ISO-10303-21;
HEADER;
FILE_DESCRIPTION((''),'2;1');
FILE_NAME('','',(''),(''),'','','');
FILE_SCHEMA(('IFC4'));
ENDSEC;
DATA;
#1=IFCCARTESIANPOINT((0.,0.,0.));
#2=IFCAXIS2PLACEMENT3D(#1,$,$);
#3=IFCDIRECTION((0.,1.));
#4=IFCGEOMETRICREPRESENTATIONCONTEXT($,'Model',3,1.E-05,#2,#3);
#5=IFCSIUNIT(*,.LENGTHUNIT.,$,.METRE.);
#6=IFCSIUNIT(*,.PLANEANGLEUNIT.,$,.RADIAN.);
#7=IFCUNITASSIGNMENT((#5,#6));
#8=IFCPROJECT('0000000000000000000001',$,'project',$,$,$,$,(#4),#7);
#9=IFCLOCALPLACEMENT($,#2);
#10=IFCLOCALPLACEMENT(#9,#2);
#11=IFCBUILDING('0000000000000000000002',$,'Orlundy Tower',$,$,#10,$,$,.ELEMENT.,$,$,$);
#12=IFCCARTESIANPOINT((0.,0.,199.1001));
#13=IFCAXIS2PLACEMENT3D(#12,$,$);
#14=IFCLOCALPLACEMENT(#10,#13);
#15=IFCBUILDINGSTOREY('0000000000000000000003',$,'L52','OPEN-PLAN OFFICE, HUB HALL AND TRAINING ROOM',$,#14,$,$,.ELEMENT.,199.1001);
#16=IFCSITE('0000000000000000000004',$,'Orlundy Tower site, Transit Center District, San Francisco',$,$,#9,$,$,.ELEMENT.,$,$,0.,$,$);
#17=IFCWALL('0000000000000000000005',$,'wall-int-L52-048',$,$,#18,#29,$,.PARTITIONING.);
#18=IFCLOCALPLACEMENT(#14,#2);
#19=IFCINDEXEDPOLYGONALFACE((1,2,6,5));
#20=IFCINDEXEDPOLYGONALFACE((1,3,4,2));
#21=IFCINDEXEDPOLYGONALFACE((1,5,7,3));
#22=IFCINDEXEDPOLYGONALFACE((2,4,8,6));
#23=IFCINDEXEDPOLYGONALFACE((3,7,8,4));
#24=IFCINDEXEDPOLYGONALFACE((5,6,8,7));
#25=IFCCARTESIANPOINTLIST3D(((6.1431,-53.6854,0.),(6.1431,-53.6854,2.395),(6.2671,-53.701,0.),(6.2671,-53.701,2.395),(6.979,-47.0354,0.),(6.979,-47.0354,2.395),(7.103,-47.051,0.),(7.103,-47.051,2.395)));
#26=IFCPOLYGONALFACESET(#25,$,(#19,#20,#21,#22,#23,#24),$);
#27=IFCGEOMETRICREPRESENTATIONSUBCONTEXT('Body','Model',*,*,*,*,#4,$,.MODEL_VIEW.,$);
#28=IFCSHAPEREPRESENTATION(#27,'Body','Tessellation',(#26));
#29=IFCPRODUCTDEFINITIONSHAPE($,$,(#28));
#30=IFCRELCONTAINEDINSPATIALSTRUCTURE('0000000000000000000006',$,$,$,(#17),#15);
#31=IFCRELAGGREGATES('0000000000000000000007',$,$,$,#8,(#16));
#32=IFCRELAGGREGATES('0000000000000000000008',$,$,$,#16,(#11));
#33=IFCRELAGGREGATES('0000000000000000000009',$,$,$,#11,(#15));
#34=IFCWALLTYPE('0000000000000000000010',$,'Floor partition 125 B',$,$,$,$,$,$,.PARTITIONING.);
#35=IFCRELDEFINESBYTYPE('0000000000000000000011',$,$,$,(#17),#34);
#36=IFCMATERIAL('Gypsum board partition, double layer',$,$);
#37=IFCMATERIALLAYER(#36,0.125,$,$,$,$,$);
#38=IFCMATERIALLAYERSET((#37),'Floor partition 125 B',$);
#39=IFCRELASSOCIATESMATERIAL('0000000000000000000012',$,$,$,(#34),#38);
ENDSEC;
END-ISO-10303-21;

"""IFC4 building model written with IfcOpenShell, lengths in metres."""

from ifc_helpers import new_model, si_unit, direction, frame, frame_2d, origin, place, context, subcontext, project, spatial, rectangle, extrude, material, layer, layer_set, type_object, element, save


model = new_model("IFC4")

# Units and contexts
model_context = context("Model", 3, precision=1e-05, world=origin(), true_north=direction((0.0, 1.0)))
body_context = subcontext(model_context, "Body", "Model", "MODEL_VIEW")
ifc_project = project(units=[si_unit("LENGTHUNIT", "METRE"), si_unit("PLANEANGLEUNIT", "RADIAN")], contexts=[model_context])

# Site, building, storey
site_placement = place(None, origin())
site = spatial("IfcSite", under=ifc_project, at=site_placement, Name="Orlundy Tower site, Transit Center District, San Francisco", CompositionType="ELEMENT", RefElevation=0.0)
building_placement = place(site_placement, origin())
building = spatial("IfcBuilding", under=site, at=building_placement, Name="Orlundy Tower", CompositionType="ELEMENT")
storey_placement = place(building_placement, frame((0.0, 0.0, 199.1001)))
storey = spatial("IfcBuildingStorey", under=building, at=storey_placement, Name="L52", Description="OPEN-PLAN OFFICE, HUB HALL AND TRAINING ROOM", CompositionType="ELEMENT", Elevation=199.1001)

# Shared definitions
ifc_material_1 = material(Name="Gypsum board partition, double layer")
ifc_layer_1 = layer(ifc_material_1, 0.125)
ifc_layer_set_1 = layer_set([ifc_layer_1], Name="Floor partition 125 B")
wall_type_1 = type_object("IfcWallType", Name="Floor partition 125 B", PredefinedType="PARTITIONING", material=ifc_layer_set_1)

# Wall
wall_1_placement = place(storey_placement, frame((6.2051, -53.6931, 0.0), z_axis=(0.0, 0.0, 1.0), x_axis=(0.124721, 0.992192, 0.0)))
element("IfcWall", 1, at=wall_1_placement, inside=storey, type_object=wall_type_1, Name="wall-int-L52-048", PredefinedType="PARTITIONING", context=body_context, shape_type="SweptSolid", body=[
    extrude(rectangle(XDim=6.7024, YDim=0.125, at=frame_2d((3.3511, 0.0))), origin(), (0.0, 0.0, 1.0), 2.395),
])

save(model, "model.ifc")
